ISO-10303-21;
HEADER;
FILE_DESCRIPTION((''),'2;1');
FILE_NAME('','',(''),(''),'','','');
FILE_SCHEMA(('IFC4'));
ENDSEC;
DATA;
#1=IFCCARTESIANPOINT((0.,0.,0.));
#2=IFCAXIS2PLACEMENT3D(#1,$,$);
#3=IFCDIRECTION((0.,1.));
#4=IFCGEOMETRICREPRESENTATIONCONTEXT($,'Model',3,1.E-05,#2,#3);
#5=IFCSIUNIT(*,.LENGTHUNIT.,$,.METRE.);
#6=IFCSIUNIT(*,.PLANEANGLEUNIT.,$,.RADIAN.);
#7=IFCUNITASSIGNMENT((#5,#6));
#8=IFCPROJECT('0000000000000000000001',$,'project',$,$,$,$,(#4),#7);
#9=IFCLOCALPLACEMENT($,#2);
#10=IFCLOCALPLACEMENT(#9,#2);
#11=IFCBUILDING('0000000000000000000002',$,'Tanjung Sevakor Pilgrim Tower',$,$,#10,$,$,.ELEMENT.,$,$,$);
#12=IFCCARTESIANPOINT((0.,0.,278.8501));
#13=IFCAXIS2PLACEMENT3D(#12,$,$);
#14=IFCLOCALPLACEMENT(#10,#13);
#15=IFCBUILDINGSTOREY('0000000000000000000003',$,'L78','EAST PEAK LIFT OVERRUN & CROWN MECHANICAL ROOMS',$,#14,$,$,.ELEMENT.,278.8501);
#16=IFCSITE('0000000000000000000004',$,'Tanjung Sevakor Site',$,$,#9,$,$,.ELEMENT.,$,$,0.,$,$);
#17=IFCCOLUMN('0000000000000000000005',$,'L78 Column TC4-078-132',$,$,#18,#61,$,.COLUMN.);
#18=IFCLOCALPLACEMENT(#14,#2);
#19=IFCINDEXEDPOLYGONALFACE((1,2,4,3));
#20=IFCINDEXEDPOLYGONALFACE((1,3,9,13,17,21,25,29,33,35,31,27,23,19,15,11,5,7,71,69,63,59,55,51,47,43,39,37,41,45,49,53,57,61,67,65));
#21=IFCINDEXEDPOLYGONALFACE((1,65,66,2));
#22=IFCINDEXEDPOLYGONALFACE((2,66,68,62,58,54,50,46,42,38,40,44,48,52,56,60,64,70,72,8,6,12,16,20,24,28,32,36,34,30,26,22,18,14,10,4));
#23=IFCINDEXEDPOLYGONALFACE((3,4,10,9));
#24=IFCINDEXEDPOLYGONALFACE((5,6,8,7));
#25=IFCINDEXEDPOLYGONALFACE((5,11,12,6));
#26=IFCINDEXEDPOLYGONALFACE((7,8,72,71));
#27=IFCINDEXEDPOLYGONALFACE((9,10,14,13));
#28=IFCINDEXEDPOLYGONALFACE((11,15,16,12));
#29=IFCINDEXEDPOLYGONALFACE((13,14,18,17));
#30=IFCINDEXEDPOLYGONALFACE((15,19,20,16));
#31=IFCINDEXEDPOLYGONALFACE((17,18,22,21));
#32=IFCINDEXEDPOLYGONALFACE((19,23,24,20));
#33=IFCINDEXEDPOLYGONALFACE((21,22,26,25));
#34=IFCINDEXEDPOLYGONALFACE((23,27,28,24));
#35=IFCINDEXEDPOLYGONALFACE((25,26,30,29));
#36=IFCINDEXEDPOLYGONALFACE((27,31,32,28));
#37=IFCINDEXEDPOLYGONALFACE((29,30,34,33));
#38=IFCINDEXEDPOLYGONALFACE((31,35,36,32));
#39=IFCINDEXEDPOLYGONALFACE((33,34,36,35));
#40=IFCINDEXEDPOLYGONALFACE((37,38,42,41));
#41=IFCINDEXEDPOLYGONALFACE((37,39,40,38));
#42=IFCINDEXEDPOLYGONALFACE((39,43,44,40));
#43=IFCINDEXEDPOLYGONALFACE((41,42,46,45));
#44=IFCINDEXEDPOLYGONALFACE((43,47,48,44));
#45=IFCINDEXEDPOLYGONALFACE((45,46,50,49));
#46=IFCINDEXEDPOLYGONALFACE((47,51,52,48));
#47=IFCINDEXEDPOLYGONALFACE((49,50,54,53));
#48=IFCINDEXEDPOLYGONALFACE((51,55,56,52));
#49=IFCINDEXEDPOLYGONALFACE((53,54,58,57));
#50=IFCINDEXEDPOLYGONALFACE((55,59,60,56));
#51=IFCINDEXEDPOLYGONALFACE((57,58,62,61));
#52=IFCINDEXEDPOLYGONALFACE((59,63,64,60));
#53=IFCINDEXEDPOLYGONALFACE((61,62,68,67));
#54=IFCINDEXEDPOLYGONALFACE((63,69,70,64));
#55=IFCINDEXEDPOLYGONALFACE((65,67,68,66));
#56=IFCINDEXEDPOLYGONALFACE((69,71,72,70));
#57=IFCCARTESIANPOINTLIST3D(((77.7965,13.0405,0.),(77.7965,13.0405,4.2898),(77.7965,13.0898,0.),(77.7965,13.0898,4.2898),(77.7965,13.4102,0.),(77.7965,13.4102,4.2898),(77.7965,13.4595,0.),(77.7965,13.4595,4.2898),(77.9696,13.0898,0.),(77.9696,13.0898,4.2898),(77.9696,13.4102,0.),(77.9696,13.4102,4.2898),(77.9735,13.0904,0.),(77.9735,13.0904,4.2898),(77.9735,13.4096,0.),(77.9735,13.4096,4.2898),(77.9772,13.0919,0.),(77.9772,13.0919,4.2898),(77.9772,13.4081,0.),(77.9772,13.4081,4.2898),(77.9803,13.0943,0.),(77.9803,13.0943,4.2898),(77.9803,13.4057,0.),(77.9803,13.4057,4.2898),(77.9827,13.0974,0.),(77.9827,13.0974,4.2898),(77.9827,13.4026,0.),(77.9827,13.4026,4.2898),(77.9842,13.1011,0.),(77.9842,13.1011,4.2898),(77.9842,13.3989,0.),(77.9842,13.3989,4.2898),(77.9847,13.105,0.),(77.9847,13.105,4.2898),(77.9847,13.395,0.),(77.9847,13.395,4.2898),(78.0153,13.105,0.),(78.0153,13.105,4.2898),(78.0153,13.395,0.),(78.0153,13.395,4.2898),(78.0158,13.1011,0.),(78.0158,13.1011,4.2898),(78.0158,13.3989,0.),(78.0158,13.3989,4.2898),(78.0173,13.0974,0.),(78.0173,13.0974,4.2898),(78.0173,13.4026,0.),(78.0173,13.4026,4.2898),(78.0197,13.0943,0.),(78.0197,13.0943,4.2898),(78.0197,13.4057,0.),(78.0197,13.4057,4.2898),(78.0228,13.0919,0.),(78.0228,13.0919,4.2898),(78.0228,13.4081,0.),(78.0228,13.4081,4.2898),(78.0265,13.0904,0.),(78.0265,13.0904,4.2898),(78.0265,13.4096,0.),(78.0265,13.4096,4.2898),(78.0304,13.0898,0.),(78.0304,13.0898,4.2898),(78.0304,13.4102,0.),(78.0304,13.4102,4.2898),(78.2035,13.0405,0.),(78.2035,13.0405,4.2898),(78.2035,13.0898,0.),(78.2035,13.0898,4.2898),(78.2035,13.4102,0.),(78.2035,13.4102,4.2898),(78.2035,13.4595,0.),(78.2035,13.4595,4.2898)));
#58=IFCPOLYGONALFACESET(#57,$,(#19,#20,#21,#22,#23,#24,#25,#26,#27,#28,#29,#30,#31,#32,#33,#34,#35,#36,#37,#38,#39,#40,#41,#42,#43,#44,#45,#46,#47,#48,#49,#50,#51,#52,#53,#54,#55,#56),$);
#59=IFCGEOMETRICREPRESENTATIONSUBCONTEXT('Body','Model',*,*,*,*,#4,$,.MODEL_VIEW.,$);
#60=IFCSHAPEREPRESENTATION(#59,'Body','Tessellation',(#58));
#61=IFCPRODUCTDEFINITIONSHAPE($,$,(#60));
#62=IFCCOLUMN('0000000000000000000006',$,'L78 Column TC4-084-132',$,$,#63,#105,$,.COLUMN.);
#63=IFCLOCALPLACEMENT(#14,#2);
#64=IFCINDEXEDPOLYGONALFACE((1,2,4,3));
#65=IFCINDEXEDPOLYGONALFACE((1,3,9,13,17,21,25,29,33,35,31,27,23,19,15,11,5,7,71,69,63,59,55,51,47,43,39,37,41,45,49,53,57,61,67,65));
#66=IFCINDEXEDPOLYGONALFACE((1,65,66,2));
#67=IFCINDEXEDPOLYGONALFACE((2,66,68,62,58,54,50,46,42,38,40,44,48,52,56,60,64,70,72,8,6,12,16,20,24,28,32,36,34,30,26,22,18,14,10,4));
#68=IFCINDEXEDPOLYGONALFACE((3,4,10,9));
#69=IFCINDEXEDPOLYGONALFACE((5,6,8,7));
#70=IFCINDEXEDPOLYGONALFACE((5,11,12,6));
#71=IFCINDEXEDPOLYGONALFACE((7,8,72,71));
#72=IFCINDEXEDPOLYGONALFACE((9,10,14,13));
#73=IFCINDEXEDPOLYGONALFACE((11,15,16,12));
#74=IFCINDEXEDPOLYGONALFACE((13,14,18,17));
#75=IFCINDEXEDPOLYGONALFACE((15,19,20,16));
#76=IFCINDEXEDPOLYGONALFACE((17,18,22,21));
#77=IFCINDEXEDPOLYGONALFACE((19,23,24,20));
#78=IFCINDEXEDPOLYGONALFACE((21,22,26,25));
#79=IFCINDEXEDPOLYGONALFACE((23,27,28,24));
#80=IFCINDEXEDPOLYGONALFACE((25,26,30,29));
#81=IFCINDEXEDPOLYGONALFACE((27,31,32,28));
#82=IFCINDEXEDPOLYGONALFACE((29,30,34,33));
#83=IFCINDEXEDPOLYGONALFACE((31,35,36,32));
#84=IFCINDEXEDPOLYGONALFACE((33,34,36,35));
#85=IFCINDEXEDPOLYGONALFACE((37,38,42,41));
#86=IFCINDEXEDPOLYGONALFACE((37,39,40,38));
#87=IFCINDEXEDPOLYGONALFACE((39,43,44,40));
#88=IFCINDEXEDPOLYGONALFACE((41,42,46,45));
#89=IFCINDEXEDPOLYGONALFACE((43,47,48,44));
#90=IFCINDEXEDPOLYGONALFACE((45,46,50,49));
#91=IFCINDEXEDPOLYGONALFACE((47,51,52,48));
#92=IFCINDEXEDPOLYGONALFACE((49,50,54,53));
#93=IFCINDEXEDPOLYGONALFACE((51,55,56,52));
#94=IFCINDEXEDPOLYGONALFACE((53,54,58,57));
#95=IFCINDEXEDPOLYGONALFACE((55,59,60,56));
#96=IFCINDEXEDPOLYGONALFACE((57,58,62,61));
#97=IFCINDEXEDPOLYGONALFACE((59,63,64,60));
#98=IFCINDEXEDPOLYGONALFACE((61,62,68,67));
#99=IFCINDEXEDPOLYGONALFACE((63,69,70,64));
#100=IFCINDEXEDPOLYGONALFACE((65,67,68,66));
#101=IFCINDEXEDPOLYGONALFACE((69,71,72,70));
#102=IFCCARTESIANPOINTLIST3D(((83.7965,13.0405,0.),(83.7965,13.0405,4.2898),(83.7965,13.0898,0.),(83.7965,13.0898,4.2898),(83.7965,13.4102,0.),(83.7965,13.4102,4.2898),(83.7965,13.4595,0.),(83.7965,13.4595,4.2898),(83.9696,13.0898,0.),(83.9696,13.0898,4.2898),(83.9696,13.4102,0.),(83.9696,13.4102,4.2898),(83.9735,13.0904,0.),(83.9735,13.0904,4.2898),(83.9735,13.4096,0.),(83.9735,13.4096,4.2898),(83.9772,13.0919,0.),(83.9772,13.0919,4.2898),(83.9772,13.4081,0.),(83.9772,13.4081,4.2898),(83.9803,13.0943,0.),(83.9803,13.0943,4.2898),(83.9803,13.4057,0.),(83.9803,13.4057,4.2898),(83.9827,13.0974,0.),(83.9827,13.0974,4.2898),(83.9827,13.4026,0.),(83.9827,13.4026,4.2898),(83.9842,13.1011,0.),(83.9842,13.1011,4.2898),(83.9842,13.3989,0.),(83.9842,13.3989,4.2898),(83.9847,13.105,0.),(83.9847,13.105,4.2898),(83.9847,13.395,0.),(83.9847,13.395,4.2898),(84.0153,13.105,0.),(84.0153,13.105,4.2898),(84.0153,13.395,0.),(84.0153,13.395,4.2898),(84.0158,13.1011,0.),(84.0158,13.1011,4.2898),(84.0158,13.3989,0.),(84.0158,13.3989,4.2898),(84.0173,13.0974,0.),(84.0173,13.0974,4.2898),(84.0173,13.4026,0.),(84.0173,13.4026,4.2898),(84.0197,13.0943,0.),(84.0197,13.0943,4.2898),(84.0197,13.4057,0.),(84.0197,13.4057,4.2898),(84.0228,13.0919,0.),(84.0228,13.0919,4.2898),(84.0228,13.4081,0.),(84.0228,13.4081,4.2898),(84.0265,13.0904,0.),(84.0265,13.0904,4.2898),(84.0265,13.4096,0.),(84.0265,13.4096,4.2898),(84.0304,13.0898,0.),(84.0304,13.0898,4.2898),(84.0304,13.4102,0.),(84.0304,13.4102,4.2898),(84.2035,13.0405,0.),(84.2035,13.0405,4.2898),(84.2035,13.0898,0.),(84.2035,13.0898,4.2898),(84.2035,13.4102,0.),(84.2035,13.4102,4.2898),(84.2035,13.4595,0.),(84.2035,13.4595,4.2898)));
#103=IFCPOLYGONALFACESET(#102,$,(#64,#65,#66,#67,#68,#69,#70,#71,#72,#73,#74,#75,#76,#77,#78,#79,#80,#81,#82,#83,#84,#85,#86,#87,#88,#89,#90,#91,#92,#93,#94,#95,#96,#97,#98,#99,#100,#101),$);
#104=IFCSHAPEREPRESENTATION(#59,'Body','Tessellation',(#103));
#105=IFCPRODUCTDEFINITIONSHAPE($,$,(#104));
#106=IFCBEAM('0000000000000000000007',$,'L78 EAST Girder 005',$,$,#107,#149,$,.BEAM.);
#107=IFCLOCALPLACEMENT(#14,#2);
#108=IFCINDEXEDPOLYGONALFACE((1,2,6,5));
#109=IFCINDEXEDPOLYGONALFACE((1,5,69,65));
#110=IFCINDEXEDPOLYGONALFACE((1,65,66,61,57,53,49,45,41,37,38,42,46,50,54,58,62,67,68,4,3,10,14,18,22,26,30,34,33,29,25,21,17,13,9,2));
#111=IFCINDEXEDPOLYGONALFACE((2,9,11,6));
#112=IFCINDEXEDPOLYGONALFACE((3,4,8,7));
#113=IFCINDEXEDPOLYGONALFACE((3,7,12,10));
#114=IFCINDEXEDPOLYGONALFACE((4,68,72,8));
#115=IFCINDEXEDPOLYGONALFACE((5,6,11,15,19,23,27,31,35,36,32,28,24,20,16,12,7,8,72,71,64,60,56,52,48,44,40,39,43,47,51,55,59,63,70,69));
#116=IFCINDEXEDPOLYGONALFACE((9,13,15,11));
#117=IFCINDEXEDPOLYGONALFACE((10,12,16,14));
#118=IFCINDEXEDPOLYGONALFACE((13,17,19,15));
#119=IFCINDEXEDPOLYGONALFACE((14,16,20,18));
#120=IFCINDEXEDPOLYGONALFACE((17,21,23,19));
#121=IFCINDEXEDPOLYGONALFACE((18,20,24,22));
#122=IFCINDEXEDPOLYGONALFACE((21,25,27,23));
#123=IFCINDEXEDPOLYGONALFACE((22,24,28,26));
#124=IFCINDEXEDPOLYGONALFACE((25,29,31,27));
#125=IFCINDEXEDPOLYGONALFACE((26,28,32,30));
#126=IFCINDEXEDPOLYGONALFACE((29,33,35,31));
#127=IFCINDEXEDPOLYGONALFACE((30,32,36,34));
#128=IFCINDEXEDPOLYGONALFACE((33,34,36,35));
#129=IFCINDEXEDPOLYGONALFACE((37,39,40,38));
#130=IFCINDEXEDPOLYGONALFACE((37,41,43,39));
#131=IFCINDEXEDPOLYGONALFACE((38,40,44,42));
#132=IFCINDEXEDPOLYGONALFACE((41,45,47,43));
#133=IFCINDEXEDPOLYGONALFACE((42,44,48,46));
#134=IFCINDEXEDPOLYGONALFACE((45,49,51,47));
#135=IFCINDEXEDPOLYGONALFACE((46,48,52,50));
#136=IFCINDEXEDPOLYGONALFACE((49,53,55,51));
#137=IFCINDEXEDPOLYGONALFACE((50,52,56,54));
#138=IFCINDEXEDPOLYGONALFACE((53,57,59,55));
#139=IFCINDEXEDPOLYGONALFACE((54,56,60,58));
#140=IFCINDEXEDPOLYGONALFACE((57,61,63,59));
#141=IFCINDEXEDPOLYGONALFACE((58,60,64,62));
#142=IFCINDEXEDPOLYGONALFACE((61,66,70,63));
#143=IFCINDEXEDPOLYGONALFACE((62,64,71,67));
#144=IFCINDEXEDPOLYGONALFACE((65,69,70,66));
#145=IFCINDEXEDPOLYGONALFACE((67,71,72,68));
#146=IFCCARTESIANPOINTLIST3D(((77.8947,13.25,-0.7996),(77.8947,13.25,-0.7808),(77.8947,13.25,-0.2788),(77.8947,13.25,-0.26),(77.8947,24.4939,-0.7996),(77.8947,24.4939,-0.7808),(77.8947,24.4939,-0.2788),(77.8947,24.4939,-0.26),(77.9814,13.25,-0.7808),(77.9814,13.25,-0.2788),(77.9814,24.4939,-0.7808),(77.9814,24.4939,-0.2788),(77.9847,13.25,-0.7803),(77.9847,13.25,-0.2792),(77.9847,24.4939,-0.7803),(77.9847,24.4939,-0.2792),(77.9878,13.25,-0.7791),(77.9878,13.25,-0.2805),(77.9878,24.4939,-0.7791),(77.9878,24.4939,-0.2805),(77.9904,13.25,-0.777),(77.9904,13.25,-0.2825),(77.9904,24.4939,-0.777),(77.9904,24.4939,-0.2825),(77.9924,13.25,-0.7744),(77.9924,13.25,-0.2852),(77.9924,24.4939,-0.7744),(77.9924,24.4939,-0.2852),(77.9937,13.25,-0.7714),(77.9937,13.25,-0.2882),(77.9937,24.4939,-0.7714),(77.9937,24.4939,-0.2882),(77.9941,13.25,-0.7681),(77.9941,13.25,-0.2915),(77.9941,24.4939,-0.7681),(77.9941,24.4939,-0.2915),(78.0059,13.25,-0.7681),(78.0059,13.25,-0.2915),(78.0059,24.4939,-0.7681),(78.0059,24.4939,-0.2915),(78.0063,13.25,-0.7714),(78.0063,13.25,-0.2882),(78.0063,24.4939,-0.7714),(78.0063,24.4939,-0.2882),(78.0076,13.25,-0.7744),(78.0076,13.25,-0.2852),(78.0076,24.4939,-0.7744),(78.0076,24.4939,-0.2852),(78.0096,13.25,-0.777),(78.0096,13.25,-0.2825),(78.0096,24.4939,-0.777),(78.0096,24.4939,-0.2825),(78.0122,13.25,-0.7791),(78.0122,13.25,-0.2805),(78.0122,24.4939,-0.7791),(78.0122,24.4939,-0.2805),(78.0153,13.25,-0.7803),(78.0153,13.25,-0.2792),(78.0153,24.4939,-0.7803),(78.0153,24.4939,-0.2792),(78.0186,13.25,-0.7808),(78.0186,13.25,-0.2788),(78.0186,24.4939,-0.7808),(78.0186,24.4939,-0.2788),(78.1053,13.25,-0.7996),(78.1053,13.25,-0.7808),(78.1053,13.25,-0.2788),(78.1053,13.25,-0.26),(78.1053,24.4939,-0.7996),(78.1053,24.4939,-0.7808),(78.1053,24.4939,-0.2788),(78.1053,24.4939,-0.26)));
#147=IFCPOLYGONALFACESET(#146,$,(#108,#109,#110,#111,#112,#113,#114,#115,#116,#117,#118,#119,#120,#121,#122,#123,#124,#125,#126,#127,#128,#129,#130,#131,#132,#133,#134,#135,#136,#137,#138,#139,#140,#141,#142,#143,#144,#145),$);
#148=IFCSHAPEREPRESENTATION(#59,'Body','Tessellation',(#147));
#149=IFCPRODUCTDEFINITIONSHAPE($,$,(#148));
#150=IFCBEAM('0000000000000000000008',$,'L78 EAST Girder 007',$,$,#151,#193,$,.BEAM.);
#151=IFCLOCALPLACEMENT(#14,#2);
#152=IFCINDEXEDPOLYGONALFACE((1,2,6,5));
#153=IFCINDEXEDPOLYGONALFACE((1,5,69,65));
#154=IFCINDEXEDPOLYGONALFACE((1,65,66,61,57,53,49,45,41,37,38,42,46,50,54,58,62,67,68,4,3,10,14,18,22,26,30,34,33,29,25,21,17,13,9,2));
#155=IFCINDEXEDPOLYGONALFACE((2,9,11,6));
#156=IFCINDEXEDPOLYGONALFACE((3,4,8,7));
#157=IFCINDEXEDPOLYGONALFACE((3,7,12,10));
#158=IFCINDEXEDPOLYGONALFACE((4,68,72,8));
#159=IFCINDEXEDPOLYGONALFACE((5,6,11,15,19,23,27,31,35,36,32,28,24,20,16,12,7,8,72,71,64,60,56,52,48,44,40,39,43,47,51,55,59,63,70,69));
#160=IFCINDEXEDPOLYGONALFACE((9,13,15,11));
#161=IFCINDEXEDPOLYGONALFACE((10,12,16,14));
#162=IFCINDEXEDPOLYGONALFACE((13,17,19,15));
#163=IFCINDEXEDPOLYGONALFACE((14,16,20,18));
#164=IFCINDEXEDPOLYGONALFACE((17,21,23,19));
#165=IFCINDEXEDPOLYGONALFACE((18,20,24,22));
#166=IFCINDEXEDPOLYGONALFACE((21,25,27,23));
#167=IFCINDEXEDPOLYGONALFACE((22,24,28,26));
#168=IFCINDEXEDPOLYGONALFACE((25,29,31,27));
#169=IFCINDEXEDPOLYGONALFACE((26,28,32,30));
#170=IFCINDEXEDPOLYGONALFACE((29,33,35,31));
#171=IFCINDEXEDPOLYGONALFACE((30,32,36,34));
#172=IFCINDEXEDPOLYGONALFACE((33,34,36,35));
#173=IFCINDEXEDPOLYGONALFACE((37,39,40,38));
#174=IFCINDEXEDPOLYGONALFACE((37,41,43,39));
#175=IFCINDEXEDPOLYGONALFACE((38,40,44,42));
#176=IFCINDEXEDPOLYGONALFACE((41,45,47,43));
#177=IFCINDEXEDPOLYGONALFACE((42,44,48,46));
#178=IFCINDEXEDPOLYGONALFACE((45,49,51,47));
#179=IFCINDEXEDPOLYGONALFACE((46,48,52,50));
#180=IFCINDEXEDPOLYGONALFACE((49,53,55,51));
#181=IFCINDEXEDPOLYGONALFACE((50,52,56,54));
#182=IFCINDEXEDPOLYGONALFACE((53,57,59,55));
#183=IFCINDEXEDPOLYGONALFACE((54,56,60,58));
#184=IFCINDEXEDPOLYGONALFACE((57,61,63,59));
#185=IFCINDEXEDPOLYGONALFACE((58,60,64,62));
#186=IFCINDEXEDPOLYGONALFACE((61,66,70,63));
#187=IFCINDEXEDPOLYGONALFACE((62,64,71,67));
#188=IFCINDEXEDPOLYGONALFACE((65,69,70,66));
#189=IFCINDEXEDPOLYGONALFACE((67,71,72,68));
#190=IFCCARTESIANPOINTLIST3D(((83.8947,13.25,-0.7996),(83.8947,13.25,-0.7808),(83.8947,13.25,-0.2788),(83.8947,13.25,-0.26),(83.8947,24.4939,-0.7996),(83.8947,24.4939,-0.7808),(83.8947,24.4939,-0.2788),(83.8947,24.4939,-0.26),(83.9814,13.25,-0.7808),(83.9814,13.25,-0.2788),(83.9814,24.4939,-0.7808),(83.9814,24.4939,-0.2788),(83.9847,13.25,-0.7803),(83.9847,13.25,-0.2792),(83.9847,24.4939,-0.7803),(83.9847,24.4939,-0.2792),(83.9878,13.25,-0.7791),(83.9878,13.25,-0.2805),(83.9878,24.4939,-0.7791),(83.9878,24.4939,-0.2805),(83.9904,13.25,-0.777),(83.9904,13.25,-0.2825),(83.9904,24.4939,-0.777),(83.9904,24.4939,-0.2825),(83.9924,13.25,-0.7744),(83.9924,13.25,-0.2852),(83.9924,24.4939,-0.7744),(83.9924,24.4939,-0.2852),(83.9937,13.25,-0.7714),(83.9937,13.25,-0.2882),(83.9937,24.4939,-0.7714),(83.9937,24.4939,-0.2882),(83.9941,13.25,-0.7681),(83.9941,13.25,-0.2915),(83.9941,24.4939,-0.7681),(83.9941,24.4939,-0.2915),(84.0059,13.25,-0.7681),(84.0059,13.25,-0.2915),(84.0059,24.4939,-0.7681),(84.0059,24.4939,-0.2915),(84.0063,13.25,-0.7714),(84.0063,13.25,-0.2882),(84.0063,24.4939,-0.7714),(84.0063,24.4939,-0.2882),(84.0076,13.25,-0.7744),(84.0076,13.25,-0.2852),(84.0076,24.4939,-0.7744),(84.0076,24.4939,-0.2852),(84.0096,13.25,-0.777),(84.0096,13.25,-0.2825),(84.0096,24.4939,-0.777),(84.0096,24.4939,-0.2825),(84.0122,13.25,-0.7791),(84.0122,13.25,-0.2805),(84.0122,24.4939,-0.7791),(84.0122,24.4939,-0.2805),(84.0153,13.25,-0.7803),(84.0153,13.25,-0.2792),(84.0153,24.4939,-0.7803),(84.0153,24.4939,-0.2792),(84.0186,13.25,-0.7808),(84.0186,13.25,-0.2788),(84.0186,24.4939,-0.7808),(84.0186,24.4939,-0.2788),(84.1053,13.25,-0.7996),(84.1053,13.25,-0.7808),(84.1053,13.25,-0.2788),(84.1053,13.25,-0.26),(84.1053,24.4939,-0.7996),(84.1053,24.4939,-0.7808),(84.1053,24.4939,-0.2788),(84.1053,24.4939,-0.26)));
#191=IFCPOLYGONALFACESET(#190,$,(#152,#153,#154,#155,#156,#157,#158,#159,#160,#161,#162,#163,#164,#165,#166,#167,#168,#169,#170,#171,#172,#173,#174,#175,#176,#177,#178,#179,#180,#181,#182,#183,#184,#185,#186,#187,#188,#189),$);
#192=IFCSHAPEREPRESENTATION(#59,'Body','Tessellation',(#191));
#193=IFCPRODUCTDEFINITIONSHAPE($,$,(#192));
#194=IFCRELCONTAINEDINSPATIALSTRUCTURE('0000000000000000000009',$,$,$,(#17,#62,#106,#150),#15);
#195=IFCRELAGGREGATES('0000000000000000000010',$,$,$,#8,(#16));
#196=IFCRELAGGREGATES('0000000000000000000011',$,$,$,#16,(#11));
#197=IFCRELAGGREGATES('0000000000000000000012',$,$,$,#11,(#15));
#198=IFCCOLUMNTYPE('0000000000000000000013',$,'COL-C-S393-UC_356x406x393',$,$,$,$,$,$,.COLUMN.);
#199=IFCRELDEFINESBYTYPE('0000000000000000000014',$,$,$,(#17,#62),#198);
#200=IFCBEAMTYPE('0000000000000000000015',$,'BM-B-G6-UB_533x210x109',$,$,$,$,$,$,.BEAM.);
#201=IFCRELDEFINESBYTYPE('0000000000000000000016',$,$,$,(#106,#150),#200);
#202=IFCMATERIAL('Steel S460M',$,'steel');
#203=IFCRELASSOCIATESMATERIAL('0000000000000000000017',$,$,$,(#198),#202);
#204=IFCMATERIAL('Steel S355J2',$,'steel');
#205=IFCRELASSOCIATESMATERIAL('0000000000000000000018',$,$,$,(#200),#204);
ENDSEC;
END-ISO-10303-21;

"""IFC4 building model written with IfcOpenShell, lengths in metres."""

from ifc_helpers import new_model, si_unit, direction, frame, origin, origin_2d, place, context, subcontext, project, spatial, i_section, extrude, material, material_profile, profile_set, type_object, element, save


model = new_model("IFC4")

# Units and contexts
model_context = context("Model", 3, precision=1e-05, world=origin(), true_north=direction((0.0, 1.0)))
body_context = subcontext(model_context, "Body", "Model", "MODEL_VIEW")
ifc_project = project(units=[si_unit("LENGTHUNIT", "METRE"), si_unit("PLANEANGLEUNIT", "RADIAN")], contexts=[model_context])

# Site, building, storey
site_placement = place(None, origin())
site = spatial("IfcSite", under=ifc_project, at=site_placement, Name="Tanjung Sevakor Site", CompositionType="ELEMENT", RefElevation=0.0)
building_placement = place(site_placement, origin())
building = spatial("IfcBuilding", under=site, at=building_placement, Name="Tanjung Sevakor Pilgrim Tower", CompositionType="ELEMENT")
storey_placement = place(building_placement, frame((0.0, 0.0, 278.8501)))
storey = spatial("IfcBuildingStorey", under=building, at=storey_placement, Name="L78", Description="EAST PEAK LIFT OVERRUN & CROWN MECHANICAL ROOMS", CompositionType="ELEMENT", Elevation=278.8501)

# Columns
ifc_material_1 = material(Name="Steel S460M", Category="steel")
ifc_material_profile_1 = material_profile(ifc_material_1, i_section(OverallWidth=0.407, OverallDepth=0.4189, WebThickness=0.0305, FlangeThickness=0.0493, FilletRadius=0.0151, at=origin_2d()))
ifc_profile_set_1 = profile_set([ifc_material_profile_1], Name="Steel S460M")
column_type = type_object("IfcColumnType", Name="COL-C-S393-UC_356x406x393", PredefinedType="COLUMN", material=ifc_profile_set_1)
for number, where, z_axis, x_axis, name in (
    (1, (78.0, 13.25, 0.0), (0.0, 0.0, 1.0), (1.0, 0.0, 0.0), "L78 Column TC4-078-132"),
    (2, (84.0, 13.25, 0.0), (0.0, 0.0, 1.0), (1.0, 0.0, 0.0), "L78 Column TC4-084-132"),
):
    element("IfcColumn", number, at=place(storey_placement, frame(where, z_axis=z_axis, x_axis=x_axis)), inside=storey, type_object=column_type, Name=name, PredefinedType="COLUMN", context=body_context, shape_type="SweptSolid", body=[
        extrude(i_section(OverallWidth=0.407, OverallDepth=0.4189, WebThickness=0.0305, FlangeThickness=0.0493, FilletRadius=0.0151, at=origin_2d()), origin(), (0.0, 0.0, 1.0), 4.2898),
    ])

# Beams
ifc_material_2 = material(Name="Steel S355J2", Category="steel")
ifc_material_profile_2 = material_profile(ifc_material_2, i_section(OverallWidth=0.2107, OverallDepth=0.5396, WebThickness=0.0117, FlangeThickness=0.0188, FilletRadius=0.0127, at=origin_2d()))
ifc_profile_set_2 = profile_set([ifc_material_profile_2], Name="Steel S355J2")
beam_type_1 = type_object("IfcBeamType", Name="BM-B-G6-UB_533x210x109", PredefinedType="BEAM", material=ifc_profile_set_2)
for number, where, z_axis, x_axis, name in (
    (3, (78.0, 13.25, -0.5298), (0.0, 1.0, 0.0), (-1.0, 0.0, 0.0), "L78 EAST Girder 005"),
    (4, (84.0, 13.25, -0.5298), (0.0, 1.0, 0.0), (-1.0, 0.0, 0.0), "L78 EAST Girder 007"),
):
    element("IfcBeam", number, at=place(storey_placement, frame(where, z_axis=z_axis, x_axis=x_axis)), inside=storey, type_object=beam_type_1, Name=name, PredefinedType="BEAM", context=body_context, shape_type="SweptSolid", body=[
        extrude(i_section(OverallWidth=0.2107, OverallDepth=0.5396, WebThickness=0.0117, FlangeThickness=0.0188, FilletRadius=0.0127, at=origin_2d()), origin(), (0.0, 0.0, 1.0), 11.2439),
    ])

save(model, "model.ifc")
